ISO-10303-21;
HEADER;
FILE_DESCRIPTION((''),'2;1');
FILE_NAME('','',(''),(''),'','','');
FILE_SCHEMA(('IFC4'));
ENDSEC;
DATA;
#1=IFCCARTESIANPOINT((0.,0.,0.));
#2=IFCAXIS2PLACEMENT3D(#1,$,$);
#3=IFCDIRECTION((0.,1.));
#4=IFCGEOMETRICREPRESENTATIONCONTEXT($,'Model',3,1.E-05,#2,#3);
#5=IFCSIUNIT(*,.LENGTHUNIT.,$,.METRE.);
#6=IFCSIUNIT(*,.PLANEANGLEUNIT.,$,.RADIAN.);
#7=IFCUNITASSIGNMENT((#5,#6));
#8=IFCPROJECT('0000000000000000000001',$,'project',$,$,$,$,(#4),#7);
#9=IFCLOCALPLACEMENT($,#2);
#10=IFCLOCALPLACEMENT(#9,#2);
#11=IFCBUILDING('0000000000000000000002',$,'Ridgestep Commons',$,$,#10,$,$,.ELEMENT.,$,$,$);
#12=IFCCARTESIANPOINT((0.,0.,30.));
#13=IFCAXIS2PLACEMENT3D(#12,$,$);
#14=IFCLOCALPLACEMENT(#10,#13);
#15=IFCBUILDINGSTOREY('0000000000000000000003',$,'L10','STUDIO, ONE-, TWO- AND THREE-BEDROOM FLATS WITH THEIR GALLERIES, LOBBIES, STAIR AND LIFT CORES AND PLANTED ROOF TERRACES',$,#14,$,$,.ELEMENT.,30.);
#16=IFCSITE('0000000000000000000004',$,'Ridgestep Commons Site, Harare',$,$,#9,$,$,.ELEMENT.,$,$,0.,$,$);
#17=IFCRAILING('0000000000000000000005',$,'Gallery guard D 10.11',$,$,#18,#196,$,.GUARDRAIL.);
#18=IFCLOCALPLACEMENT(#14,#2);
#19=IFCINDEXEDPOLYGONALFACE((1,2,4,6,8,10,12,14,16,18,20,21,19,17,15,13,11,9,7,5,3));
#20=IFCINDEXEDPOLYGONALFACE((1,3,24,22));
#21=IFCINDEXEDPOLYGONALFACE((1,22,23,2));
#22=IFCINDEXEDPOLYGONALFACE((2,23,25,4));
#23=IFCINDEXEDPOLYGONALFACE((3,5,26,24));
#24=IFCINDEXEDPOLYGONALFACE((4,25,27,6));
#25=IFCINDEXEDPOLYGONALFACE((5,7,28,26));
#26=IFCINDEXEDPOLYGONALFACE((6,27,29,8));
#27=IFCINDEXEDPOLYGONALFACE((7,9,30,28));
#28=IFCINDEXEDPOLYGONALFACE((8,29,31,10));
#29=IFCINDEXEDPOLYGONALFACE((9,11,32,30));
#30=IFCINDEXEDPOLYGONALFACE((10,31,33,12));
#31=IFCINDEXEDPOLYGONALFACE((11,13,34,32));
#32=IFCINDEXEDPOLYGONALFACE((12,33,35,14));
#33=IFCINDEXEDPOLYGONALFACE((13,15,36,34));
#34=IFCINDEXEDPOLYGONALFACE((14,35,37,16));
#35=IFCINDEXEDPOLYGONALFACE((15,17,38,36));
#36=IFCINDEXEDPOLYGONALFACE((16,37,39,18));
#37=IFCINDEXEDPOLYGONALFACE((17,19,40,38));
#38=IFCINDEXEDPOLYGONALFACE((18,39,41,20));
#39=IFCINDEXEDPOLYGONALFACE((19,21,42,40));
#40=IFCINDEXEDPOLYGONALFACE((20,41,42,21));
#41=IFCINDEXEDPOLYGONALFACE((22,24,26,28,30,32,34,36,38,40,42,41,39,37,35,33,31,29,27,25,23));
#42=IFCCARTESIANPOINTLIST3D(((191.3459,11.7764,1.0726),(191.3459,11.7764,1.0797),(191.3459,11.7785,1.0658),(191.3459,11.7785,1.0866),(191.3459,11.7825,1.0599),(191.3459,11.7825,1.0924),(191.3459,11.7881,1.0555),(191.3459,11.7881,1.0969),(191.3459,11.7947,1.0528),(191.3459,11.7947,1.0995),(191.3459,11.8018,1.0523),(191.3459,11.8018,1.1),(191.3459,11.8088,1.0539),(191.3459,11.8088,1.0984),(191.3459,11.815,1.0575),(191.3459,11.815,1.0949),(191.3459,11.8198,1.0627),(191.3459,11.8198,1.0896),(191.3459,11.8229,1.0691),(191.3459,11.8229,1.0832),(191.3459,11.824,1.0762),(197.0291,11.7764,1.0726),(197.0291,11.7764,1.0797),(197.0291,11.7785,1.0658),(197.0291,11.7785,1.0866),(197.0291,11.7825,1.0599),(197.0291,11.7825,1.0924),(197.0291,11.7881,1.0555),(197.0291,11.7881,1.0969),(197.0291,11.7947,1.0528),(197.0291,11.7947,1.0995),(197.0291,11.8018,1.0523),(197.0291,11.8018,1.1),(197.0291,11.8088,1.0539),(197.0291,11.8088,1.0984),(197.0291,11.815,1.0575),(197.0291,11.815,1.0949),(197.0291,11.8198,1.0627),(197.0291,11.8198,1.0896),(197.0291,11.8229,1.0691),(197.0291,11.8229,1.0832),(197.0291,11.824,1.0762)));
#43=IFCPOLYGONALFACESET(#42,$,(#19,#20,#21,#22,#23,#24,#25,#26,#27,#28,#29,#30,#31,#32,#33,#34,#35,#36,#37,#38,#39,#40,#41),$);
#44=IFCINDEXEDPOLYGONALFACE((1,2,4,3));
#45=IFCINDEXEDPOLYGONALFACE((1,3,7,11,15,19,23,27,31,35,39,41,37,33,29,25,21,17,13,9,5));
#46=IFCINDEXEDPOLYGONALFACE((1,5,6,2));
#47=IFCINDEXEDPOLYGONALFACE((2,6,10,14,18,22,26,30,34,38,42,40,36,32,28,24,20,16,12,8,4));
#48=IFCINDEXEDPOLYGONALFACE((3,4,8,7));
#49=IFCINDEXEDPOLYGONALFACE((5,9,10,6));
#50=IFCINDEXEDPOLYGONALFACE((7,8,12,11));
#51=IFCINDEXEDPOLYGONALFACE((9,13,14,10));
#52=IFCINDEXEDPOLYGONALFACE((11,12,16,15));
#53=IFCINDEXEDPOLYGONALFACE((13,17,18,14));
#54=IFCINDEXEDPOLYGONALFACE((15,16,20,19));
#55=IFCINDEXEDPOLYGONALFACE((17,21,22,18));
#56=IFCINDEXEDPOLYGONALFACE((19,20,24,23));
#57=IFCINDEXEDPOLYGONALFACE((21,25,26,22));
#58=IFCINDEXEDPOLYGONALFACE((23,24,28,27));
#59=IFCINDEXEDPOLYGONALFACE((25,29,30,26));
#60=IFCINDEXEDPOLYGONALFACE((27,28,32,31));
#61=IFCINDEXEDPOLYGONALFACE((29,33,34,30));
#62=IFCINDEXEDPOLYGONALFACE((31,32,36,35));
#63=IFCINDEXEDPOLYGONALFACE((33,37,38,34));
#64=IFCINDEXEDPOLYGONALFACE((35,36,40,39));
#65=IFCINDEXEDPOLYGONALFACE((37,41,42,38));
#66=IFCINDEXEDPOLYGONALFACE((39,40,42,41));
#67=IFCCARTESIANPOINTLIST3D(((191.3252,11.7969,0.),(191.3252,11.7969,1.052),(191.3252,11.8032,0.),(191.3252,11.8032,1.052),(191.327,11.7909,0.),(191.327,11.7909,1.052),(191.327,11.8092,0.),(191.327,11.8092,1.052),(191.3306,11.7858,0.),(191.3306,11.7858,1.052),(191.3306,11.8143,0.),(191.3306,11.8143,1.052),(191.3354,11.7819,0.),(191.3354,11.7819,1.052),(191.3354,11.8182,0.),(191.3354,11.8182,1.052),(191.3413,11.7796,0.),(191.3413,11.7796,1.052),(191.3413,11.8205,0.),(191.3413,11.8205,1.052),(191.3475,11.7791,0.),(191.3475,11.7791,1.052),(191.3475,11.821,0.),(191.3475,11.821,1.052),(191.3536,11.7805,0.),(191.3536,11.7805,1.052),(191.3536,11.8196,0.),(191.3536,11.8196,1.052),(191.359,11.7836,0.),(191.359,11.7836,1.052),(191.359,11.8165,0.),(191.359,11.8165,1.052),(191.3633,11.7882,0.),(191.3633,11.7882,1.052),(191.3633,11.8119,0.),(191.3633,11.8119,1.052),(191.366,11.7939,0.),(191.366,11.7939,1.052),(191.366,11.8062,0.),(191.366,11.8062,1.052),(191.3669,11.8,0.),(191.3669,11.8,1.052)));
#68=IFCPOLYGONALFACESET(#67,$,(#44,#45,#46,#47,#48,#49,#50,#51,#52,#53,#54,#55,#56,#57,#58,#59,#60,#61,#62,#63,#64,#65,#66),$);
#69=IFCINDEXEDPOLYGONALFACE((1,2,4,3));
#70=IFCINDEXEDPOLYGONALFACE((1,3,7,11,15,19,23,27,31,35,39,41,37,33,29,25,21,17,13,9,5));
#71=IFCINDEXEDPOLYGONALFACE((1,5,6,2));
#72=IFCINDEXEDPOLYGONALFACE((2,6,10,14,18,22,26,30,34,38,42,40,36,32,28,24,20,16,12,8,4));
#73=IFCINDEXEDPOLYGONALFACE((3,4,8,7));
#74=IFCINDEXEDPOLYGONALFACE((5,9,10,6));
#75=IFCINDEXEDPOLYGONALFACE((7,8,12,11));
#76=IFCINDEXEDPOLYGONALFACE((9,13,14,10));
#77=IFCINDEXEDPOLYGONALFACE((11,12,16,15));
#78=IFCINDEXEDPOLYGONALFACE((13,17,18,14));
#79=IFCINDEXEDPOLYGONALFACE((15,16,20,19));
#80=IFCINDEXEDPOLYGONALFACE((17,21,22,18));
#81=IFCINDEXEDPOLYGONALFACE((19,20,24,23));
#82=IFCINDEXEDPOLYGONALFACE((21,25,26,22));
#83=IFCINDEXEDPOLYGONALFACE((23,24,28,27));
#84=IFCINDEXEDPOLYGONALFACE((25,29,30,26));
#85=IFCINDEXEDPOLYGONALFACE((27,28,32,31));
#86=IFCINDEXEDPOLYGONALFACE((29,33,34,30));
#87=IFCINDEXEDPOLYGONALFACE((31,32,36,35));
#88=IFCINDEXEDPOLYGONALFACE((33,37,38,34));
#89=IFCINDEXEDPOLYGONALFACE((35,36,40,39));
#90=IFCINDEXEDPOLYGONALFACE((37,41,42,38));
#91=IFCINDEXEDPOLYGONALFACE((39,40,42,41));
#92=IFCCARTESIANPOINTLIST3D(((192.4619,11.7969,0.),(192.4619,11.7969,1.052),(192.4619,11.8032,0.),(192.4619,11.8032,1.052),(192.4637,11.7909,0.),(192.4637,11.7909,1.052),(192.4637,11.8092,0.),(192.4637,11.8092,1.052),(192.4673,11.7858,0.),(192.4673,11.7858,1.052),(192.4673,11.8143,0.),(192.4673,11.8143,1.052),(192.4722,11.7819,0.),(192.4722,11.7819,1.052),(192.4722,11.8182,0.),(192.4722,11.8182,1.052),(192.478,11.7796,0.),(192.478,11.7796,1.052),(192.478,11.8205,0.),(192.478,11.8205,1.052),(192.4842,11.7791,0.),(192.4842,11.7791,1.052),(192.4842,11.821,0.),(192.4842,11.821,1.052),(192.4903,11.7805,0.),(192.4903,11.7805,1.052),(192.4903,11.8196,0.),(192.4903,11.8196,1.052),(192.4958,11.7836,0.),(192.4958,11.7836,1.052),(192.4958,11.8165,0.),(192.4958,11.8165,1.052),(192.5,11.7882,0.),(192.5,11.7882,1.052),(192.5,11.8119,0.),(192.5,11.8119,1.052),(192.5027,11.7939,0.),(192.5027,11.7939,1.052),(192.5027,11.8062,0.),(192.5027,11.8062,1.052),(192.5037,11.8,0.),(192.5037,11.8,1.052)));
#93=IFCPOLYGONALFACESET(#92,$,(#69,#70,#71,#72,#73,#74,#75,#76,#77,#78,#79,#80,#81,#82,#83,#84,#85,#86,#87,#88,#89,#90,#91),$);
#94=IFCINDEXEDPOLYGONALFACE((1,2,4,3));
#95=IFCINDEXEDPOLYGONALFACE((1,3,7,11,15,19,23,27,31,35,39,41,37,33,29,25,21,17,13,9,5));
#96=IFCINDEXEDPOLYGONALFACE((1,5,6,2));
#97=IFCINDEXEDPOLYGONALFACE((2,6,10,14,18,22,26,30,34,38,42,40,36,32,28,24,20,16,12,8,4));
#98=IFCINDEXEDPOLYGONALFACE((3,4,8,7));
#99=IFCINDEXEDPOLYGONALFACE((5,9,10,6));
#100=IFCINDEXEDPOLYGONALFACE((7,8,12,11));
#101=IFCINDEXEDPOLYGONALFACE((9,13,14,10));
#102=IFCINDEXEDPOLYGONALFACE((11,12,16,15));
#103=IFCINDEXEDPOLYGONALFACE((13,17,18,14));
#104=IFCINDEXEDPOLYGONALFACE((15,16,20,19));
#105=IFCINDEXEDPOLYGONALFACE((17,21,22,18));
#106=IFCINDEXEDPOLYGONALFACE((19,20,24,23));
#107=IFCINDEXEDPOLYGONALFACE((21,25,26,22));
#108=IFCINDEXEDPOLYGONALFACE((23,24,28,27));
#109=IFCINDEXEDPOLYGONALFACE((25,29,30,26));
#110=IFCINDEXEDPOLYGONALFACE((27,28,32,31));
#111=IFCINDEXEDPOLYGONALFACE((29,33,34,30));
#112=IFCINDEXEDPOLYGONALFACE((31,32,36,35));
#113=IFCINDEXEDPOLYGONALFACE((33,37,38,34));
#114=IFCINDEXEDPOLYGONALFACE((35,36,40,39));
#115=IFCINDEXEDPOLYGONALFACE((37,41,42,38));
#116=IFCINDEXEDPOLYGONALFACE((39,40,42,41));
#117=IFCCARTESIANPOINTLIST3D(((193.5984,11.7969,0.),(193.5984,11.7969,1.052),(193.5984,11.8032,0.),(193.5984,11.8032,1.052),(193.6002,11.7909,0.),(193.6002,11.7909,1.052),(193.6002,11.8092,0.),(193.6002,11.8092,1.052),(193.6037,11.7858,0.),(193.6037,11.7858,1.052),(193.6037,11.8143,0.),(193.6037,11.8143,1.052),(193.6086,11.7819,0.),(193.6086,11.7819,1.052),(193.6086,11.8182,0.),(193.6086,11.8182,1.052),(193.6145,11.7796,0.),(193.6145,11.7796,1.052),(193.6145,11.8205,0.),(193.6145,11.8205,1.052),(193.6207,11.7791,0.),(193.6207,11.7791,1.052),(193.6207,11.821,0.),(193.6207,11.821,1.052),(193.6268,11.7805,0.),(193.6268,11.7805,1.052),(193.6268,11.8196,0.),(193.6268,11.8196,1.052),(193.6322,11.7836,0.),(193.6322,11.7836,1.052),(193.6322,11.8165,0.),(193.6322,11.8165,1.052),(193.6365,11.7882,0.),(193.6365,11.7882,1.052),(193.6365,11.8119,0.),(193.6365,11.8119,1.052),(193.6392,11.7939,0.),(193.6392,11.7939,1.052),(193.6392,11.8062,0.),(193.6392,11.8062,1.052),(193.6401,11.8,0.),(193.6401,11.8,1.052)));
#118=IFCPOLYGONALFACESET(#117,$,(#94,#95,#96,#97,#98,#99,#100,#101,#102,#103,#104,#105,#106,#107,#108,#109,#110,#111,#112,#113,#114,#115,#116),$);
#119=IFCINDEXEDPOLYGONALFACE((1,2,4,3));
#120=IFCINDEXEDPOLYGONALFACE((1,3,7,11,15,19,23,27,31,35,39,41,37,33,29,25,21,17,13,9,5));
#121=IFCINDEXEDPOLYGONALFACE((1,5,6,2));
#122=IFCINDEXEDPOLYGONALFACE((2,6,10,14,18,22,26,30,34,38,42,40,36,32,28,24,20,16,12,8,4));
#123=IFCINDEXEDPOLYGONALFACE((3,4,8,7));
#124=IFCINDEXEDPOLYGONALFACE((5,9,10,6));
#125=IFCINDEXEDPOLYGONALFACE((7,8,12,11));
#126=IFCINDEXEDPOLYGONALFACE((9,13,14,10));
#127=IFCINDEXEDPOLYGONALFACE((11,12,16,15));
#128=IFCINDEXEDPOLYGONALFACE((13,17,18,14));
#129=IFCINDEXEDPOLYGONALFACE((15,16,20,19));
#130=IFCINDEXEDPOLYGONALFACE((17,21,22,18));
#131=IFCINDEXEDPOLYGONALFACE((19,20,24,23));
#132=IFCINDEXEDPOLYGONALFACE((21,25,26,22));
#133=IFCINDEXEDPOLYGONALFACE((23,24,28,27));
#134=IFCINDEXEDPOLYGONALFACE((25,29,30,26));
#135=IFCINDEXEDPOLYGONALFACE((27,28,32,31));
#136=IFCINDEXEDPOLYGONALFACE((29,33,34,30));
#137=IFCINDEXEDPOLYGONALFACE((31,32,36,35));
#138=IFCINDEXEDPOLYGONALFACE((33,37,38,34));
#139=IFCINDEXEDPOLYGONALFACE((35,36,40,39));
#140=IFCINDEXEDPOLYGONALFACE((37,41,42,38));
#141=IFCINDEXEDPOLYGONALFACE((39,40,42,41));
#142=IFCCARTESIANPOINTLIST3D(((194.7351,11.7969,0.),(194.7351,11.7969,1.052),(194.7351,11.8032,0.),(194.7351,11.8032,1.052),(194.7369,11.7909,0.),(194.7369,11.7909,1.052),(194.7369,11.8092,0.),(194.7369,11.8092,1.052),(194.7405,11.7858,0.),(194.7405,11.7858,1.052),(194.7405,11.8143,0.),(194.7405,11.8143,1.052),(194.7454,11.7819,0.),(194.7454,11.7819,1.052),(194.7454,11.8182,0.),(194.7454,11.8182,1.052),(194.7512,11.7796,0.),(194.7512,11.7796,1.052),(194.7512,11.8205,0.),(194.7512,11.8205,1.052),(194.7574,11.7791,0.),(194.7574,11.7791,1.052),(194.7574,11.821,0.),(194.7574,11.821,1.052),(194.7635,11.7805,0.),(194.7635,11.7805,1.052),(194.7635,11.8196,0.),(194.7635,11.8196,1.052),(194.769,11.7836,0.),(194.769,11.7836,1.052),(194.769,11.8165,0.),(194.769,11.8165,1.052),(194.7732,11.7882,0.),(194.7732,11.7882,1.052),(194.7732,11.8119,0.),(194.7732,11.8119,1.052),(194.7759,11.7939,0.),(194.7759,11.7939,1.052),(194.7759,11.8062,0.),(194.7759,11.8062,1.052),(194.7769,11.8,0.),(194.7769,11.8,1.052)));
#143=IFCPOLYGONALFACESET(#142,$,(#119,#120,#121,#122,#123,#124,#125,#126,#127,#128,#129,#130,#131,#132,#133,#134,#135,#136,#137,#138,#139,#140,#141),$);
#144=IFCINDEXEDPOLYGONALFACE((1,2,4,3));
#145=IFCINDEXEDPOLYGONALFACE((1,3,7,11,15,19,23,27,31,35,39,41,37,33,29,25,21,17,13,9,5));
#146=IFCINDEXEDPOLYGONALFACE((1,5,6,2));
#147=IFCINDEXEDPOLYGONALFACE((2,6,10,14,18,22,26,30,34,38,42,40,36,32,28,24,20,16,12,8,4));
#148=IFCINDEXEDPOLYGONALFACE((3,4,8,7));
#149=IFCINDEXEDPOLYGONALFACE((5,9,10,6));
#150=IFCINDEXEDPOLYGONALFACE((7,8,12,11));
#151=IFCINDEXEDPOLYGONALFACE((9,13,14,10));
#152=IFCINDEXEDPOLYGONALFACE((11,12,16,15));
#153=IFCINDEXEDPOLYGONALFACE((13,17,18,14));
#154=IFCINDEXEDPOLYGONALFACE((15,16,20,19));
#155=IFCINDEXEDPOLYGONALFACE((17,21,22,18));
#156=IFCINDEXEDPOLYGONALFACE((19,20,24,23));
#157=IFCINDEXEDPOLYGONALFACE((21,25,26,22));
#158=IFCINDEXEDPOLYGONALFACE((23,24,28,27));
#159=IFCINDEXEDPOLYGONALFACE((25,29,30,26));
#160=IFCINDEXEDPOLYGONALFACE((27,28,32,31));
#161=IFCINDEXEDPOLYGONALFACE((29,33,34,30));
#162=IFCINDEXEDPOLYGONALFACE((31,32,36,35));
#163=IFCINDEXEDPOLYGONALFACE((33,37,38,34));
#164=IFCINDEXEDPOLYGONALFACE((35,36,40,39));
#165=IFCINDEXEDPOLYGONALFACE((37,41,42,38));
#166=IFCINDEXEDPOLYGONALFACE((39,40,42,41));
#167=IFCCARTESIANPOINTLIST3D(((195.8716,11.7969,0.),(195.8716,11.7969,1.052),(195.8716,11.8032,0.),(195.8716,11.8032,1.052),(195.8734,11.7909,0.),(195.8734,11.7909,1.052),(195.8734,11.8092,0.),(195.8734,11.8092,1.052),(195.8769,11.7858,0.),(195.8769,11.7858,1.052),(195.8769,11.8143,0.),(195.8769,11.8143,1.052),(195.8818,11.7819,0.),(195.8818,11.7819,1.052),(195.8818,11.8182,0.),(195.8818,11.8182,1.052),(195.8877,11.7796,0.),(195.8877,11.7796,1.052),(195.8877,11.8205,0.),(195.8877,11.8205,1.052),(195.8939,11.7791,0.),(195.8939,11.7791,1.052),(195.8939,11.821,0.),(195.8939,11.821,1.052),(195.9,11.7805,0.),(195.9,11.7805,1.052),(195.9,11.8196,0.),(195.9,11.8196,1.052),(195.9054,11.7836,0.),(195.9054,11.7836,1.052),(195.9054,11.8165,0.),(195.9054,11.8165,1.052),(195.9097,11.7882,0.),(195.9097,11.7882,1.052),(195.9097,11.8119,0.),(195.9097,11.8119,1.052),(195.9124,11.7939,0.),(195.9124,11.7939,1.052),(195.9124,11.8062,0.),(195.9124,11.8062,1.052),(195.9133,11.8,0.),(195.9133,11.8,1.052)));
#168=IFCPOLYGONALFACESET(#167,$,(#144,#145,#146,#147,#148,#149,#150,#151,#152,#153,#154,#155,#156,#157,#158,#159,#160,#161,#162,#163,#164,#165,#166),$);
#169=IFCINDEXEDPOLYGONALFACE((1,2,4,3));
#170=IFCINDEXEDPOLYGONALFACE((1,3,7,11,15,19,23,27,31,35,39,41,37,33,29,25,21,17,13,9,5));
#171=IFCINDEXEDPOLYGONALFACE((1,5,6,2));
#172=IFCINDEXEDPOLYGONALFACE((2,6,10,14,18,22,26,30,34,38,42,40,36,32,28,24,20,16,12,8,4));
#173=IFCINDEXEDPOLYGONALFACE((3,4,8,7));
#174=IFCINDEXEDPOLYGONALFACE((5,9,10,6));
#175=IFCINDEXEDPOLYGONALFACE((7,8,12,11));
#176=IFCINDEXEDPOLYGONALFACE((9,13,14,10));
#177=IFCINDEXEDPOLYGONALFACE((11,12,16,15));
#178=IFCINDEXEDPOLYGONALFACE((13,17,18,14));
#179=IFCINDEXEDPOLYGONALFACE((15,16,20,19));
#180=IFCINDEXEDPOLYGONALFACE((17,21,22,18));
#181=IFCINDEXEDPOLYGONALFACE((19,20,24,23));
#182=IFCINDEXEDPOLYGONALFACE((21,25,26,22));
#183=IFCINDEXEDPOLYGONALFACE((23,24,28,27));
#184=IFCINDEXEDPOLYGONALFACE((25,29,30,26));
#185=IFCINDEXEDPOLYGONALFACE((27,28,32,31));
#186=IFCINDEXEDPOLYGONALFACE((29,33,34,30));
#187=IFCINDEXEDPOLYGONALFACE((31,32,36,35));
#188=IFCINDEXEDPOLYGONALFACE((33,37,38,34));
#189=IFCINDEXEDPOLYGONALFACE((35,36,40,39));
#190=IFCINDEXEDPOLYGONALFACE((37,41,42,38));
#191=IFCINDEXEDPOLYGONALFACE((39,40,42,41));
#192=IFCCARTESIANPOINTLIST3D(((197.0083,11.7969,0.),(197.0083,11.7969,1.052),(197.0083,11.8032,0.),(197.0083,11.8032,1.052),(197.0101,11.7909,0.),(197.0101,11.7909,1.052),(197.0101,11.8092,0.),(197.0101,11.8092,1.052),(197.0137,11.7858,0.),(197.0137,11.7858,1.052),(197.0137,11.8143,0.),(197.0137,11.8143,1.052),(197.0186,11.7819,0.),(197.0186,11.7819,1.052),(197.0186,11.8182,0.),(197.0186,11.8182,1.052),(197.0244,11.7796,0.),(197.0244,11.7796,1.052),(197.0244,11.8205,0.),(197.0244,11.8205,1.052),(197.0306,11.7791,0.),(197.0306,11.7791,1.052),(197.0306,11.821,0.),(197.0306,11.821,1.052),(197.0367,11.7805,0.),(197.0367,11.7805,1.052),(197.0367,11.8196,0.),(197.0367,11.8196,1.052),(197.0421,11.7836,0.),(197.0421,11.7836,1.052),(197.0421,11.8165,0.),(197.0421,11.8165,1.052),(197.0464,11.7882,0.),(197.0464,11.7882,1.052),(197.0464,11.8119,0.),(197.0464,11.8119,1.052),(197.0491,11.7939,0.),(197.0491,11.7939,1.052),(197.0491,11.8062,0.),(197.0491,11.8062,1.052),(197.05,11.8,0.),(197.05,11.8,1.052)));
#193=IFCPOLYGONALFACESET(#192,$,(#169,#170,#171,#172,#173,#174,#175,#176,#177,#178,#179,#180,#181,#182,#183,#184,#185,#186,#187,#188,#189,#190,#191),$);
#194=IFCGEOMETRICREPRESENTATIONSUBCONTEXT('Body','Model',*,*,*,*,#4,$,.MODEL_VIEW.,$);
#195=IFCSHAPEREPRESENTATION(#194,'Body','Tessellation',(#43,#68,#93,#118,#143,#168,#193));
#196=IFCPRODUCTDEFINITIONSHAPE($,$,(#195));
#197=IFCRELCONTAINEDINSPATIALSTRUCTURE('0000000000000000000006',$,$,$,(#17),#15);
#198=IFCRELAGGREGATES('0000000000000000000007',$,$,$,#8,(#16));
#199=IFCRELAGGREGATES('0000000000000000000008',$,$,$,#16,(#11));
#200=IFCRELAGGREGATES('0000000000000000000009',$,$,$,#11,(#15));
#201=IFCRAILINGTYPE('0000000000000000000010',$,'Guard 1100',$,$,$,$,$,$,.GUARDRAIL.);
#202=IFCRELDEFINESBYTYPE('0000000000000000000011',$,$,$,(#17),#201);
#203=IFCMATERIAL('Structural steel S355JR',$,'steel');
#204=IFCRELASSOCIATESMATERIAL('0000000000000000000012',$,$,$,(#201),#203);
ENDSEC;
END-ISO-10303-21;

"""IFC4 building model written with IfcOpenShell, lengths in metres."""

from ifc_helpers import new_model, si_unit, direction, frame, origin, origin_2d, place, context, subcontext, project, spatial, circle, extrude, material, type_object, element, save


model = new_model("IFC4")

# Units and contexts
model_context = context("Model", 3, precision=1e-05, world=origin(), true_north=direction((0.0, 1.0)))
body_context = subcontext(model_context, "Body", "Model", "MODEL_VIEW")
ifc_project = project(units=[si_unit("LENGTHUNIT", "METRE"), si_unit("PLANEANGLEUNIT", "RADIAN")], contexts=[model_context])

# Site, building, storey
site_placement = place(None, origin())
site = spatial("IfcSite", under=ifc_project, at=site_placement, Name="Ridgestep Commons Site, Harare", CompositionType="ELEMENT", RefElevation=0.0)
building_placement = place(site_placement, origin())
building = spatial("IfcBuilding", under=site, at=building_placement, Name="Ridgestep Commons", CompositionType="ELEMENT")
storey_placement = place(building_placement, frame((0.0, 0.0, 30.0)))
storey = spatial("IfcBuildingStorey", under=building, at=storey_placement, Name="L10", Description="STUDIO, ONE-, TWO- AND THREE-BEDROOM FLATS WITH THEIR GALLERIES, LOBBIES, STAIR AND LIFT CORES AND PLANTED ROOF TERRACES", CompositionType="ELEMENT", Elevation=30.0)

# Railing
ifc_material_1 = material(Name="Structural steel S355JR", Category="steel")
railing_type = type_object("IfcRailingType", Name="Guard 1100", PredefinedType="GUARDRAIL", material=ifc_material_1)
railing_1_placement = place(storey_placement, frame((191.3459, 11.8, 0.0)))
element("IfcRailing", 1, at=railing_1_placement, inside=storey, type_object=railing_type, Name="Gallery guard D 10.11", PredefinedType="GUARDRAIL", context=body_context, shape_type="SweptSolid", body=[
    extrude(circle(Radius=0.0239, at=origin_2d()), frame((0.0, 0.0, 1.0762), z_axis=(1.0, 0.0, 0.0), x_axis=(0.0, 1.0, 0.0)), (0.0, 0.0, 1.0), 5.6831),
    extrude(circle(Radius=0.021, at=origin_2d()), origin(), (0.0, 0.0, 1.0), 1.052),
    extrude(circle(Radius=0.021, at=origin_2d()), frame((1.1367, 0.0, 0.0)), (0.0, 0.0, 1.0), 1.052),
    extrude(circle(Radius=0.021, at=origin_2d()), frame((2.2732, 0.0, 0.0)), (0.0, 0.0, 1.0), 1.052),
    extrude(circle(Radius=0.021, at=origin_2d()), frame((3.4099, 0.0, 0.0)), (0.0, 0.0, 1.0), 1.052),
    extrude(circle(Radius=0.021, at=origin_2d()), frame((4.5464, 0.0, 0.0)), (0.0, 0.0, 1.0), 1.052),
    extrude(circle(Radius=0.021, at=origin_2d()), frame((5.6831, 0.0, 0.0)), (0.0, 0.0, 1.0), 1.052),
])

save(model, "model.ifc")
